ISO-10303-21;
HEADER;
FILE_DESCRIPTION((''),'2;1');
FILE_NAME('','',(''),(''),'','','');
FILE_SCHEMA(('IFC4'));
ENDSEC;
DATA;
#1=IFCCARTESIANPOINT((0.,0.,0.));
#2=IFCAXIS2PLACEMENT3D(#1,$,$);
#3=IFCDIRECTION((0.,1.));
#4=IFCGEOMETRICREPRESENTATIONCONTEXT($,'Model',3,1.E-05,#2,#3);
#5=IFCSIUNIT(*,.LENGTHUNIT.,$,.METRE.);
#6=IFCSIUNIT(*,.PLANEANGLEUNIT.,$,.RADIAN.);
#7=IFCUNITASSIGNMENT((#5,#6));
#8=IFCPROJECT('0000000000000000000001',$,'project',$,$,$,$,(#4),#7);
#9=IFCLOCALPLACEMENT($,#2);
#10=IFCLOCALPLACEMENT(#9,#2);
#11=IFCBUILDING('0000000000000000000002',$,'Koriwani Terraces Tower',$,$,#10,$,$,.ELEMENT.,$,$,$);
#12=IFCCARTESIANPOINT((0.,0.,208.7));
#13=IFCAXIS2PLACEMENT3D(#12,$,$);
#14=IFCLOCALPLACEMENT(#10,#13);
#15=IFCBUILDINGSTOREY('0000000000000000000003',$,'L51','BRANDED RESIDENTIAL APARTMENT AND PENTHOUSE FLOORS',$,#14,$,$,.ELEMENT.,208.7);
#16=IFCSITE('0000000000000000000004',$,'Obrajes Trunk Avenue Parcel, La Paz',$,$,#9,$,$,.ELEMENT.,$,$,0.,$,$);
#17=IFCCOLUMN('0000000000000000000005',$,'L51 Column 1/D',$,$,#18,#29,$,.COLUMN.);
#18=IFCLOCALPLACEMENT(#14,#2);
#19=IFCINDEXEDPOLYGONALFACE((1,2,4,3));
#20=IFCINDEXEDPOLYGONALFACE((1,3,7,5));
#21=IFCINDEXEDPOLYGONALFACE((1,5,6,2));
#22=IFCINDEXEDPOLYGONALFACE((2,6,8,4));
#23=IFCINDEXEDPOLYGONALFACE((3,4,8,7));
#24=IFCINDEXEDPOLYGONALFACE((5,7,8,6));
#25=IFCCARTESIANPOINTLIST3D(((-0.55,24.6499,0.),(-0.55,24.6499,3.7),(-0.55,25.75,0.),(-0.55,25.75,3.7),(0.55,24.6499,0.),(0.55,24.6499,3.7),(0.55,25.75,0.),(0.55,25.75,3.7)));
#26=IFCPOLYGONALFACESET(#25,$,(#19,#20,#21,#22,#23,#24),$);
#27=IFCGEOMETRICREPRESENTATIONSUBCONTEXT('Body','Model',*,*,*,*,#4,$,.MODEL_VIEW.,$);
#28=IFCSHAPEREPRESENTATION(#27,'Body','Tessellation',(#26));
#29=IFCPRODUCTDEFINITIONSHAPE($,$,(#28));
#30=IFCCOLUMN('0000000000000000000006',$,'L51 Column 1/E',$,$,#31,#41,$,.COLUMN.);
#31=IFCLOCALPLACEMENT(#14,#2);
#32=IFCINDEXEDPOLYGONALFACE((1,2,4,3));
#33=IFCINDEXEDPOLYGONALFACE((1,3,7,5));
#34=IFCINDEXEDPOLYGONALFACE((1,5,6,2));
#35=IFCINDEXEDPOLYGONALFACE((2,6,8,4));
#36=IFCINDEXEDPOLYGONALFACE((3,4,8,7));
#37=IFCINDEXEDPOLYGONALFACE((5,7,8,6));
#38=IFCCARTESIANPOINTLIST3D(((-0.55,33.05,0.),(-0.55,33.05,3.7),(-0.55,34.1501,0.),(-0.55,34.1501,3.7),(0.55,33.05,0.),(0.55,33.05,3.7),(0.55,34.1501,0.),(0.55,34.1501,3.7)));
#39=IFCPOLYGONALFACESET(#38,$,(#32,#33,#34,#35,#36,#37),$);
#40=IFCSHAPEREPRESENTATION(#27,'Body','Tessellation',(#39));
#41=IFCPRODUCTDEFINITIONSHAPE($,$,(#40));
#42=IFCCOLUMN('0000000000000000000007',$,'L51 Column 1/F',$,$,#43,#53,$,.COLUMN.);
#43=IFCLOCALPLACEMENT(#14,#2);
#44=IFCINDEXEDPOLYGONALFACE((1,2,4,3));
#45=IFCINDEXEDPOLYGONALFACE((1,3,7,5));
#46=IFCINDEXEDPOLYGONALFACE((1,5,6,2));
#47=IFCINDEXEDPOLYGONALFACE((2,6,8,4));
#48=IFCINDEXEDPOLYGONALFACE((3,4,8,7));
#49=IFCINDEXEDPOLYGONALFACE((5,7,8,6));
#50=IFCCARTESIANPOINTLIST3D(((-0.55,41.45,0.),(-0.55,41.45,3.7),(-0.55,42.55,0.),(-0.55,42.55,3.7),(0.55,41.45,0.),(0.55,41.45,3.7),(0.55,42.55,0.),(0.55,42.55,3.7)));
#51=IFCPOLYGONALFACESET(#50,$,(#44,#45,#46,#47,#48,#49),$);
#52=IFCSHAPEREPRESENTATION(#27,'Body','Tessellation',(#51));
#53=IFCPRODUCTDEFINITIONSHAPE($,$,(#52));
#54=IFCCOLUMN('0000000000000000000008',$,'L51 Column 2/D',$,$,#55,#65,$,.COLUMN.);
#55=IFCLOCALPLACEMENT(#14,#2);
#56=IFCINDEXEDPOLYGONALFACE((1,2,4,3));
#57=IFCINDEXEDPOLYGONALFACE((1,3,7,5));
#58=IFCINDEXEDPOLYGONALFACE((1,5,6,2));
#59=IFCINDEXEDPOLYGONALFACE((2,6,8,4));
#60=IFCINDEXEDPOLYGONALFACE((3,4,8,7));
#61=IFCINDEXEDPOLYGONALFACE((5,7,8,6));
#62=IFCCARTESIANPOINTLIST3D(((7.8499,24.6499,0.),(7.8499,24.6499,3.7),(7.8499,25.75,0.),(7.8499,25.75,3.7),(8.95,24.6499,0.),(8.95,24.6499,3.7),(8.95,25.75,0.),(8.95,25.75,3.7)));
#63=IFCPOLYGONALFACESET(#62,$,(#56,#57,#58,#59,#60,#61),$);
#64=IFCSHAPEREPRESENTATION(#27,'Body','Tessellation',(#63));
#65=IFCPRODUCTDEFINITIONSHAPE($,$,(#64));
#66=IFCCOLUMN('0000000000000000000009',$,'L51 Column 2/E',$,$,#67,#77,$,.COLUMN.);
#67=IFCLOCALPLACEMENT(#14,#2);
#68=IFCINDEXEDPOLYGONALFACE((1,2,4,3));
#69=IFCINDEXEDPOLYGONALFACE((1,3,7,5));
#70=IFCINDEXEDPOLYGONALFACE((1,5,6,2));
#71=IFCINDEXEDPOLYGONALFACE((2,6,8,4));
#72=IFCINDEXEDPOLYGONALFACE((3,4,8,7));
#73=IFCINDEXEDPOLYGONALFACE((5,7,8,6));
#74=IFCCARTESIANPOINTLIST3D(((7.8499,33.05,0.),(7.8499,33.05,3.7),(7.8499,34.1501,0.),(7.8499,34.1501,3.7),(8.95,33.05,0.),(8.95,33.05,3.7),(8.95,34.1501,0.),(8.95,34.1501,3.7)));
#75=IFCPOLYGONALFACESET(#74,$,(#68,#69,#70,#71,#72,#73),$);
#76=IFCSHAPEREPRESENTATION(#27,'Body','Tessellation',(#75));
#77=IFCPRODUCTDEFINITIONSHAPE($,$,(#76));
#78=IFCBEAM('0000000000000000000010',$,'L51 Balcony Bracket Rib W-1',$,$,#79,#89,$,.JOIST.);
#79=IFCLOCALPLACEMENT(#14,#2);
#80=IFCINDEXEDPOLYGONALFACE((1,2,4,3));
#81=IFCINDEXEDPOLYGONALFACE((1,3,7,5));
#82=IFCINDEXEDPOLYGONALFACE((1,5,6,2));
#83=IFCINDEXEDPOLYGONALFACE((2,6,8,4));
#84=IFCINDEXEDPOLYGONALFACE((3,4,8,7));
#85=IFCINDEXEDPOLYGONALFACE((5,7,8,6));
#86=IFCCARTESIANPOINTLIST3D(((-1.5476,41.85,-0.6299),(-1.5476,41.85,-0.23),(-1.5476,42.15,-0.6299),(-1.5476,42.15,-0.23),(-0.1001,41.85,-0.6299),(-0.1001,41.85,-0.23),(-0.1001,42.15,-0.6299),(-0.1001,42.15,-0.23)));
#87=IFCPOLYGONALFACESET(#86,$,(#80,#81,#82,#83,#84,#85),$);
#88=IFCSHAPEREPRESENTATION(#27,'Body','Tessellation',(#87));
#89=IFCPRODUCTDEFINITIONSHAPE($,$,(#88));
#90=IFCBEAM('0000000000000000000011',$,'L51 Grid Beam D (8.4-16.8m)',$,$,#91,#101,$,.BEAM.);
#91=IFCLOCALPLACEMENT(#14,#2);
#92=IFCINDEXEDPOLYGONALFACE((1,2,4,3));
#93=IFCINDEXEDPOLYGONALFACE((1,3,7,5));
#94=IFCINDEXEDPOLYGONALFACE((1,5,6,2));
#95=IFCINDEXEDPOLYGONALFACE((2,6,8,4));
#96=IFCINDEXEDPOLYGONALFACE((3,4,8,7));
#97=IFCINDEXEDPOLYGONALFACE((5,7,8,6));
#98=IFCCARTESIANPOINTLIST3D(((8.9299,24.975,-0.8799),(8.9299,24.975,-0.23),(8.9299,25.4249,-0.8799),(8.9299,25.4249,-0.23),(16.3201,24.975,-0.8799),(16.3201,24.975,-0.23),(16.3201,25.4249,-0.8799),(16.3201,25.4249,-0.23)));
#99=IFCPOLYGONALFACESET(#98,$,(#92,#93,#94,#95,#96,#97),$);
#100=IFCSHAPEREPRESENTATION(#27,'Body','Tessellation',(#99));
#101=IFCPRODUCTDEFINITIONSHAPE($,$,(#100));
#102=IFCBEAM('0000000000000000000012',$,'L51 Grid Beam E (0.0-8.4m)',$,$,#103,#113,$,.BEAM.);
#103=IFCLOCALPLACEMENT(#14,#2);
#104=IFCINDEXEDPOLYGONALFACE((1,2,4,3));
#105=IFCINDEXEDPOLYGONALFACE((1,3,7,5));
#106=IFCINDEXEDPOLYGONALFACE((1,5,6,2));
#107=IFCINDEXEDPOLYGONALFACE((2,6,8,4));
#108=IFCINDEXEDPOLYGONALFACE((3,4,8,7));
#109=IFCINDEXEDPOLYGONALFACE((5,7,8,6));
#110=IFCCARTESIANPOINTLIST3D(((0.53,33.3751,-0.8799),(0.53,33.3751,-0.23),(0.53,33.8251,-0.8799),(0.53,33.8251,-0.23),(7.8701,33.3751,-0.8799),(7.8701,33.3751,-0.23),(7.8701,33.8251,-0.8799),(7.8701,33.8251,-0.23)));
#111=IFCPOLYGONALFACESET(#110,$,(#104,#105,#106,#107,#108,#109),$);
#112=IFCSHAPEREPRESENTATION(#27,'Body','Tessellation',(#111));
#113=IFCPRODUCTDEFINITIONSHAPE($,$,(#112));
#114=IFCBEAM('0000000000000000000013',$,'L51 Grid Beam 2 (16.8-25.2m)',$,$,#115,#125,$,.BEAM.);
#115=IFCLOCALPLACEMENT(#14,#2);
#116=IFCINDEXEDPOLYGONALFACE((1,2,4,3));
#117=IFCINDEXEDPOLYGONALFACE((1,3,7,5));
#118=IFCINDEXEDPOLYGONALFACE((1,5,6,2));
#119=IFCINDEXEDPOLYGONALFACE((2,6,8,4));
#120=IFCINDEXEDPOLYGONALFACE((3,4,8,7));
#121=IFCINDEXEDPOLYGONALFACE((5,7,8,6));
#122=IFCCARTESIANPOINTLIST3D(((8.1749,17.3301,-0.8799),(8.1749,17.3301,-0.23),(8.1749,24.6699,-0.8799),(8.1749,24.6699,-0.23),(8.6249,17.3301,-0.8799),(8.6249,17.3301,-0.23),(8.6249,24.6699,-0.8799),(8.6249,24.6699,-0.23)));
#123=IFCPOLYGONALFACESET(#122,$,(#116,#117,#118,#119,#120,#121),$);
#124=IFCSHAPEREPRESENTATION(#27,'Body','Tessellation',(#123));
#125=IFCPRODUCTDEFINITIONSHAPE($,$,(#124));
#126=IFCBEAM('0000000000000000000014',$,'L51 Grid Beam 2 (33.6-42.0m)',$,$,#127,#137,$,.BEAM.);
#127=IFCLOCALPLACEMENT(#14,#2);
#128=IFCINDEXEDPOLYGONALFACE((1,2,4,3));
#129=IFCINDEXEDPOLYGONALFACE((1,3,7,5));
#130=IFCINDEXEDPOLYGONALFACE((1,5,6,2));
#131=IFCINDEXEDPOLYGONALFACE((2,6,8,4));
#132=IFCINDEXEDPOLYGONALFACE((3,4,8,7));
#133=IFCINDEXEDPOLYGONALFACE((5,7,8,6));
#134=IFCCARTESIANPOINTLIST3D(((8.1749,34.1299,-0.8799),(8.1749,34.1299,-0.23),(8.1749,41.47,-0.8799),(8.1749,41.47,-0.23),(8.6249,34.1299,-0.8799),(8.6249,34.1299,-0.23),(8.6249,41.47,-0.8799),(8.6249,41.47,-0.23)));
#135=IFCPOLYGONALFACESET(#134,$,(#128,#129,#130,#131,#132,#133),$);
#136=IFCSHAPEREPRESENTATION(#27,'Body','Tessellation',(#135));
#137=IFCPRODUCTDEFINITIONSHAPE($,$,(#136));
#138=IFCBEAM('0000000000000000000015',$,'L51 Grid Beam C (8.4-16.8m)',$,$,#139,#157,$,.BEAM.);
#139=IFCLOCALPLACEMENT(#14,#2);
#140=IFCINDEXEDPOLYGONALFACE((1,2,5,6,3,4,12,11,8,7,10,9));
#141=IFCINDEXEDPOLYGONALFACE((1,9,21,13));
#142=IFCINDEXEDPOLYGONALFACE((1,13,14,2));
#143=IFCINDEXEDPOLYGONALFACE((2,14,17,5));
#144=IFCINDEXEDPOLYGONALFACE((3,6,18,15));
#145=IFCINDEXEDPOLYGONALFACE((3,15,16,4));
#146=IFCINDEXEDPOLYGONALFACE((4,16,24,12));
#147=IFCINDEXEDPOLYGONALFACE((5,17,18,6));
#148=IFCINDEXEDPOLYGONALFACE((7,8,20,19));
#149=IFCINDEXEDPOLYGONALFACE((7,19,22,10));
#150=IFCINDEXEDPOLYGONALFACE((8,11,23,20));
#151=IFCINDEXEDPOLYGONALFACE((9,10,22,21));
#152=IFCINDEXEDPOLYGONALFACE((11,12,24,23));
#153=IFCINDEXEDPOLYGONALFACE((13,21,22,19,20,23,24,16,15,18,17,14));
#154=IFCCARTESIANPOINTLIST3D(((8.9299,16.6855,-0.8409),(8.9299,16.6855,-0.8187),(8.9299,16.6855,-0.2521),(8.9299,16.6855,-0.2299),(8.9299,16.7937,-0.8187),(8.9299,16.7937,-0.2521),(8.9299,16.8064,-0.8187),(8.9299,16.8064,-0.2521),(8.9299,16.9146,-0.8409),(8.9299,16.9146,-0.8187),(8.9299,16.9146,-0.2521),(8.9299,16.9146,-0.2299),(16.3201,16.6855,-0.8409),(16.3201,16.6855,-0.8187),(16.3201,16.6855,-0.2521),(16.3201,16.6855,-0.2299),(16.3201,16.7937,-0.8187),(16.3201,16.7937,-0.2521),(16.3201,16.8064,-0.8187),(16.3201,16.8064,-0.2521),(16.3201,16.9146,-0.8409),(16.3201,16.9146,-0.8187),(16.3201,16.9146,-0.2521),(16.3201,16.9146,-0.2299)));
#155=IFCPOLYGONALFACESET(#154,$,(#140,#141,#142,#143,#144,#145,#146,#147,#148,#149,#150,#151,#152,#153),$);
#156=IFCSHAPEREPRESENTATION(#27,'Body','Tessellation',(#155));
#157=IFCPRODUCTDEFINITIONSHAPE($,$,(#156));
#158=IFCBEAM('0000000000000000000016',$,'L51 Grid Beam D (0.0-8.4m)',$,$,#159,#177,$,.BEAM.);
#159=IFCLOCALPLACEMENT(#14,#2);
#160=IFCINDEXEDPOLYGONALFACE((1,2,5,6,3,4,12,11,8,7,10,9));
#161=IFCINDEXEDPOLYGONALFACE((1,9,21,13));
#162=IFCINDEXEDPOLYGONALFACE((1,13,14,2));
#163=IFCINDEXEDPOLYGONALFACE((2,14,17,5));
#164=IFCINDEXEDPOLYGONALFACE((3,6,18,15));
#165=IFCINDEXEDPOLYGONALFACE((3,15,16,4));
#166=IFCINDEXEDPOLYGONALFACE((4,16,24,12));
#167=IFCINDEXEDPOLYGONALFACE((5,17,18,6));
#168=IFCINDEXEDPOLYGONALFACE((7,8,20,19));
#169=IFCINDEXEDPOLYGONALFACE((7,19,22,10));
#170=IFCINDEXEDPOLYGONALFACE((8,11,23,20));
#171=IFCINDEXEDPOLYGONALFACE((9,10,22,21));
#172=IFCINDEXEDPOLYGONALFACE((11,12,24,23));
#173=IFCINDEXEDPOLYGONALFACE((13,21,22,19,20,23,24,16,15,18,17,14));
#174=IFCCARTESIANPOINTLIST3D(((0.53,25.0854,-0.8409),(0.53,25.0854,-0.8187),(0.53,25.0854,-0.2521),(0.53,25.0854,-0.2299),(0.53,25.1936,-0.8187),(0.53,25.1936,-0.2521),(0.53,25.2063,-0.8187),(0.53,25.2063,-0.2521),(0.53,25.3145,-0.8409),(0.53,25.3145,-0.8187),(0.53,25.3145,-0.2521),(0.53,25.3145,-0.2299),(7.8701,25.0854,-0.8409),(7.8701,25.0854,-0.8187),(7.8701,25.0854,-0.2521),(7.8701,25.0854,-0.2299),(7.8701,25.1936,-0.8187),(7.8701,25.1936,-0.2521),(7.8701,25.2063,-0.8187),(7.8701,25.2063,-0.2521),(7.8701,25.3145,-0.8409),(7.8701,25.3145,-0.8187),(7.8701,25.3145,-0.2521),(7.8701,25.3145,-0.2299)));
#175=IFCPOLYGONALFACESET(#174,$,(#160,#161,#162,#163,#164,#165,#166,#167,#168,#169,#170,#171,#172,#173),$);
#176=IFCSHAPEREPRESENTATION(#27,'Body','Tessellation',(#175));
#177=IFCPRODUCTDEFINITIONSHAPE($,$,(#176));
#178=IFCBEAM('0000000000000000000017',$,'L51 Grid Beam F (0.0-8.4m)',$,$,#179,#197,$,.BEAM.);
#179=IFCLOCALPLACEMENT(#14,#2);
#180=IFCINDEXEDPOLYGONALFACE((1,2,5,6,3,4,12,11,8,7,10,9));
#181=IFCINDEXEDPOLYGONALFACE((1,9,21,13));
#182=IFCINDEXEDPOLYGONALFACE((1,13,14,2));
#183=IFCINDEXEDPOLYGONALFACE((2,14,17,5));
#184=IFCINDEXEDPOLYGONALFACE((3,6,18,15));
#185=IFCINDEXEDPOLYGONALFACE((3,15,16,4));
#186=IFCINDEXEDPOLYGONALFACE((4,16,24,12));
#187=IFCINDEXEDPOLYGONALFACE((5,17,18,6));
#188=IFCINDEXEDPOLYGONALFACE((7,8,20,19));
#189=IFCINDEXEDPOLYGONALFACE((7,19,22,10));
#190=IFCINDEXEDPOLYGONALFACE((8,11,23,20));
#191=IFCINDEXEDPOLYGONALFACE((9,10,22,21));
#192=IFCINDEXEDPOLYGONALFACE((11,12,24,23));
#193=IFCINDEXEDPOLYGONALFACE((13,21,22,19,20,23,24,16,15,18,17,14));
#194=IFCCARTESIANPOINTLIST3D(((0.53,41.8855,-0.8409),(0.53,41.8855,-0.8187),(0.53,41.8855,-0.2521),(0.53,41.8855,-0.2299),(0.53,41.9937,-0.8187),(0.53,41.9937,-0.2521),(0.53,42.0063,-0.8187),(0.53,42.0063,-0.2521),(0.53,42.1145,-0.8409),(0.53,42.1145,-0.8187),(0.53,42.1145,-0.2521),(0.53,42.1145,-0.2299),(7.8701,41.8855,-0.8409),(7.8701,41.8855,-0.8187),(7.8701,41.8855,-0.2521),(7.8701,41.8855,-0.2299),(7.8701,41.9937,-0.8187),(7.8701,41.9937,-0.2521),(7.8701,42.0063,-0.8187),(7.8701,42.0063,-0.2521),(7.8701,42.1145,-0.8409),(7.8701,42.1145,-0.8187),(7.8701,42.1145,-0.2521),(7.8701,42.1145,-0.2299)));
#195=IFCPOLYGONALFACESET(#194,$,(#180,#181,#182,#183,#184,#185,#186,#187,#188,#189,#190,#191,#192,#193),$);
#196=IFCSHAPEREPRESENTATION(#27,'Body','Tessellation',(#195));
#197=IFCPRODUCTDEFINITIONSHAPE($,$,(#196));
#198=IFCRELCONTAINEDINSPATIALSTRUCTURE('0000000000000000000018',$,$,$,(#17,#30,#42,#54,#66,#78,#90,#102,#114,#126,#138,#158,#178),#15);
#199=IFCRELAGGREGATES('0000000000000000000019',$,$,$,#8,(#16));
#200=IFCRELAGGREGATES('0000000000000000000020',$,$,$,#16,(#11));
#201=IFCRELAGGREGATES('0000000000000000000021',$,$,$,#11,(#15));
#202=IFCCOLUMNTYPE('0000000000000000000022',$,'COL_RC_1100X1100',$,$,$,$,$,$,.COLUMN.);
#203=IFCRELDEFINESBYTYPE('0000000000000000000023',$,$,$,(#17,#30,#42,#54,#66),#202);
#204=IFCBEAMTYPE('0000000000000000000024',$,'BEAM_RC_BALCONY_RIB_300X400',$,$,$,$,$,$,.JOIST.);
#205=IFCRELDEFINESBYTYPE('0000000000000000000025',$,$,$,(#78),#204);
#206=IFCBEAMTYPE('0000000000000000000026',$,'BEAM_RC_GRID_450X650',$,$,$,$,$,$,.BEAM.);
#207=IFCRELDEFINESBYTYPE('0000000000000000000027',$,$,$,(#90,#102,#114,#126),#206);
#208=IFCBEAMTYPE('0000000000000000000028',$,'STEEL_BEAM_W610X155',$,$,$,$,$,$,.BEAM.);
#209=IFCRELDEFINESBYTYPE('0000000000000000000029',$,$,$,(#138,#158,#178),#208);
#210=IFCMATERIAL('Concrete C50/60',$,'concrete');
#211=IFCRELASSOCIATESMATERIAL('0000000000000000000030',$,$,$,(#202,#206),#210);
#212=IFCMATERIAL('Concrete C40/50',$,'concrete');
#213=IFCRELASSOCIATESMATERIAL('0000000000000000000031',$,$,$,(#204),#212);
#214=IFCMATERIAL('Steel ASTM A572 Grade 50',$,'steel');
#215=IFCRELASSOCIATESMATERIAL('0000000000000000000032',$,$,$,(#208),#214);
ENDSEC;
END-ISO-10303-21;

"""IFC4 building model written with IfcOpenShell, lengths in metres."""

from ifc_helpers import new_model, si_unit, direction, frame, origin, origin_2d, place, context, subcontext, project, spatial, rectangle, i_section, extrude, material, material_profile, profile_set, type_object, element, save


model = new_model("IFC4")

# Units and contexts
model_context = context("Model", 3, precision=1e-05, world=origin(), true_north=direction((0.0, 1.0)))
body_context = subcontext(model_context, "Body", "Model", "MODEL_VIEW")
ifc_project = project(units=[si_unit("LENGTHUNIT", "METRE"), si_unit("PLANEANGLEUNIT", "RADIAN")], contexts=[model_context])

# Site, building, storey
site_placement = place(None, origin())
site = spatial("IfcSite", under=ifc_project, at=site_placement, Name="Obrajes Trunk Avenue Parcel, La Paz", CompositionType="ELEMENT", RefElevation=0.0)
building_placement = place(site_placement, origin())
building = spatial("IfcBuilding", under=site, at=building_placement, Name="Koriwani Terraces Tower", CompositionType="ELEMENT")
storey_placement = place(building_placement, frame((0.0, 0.0, 208.7)))
storey = spatial("IfcBuildingStorey", under=building, at=storey_placement, Name="L51", Description="BRANDED RESIDENTIAL APARTMENT AND PENTHOUSE FLOORS", CompositionType="ELEMENT", Elevation=208.7)

# Columns
ifc_material_1 = material(Name="Concrete C50/60", Category="concrete")
ifc_material_profile_1 = material_profile(ifc_material_1, rectangle(XDim=1.1001, YDim=1.1001, at=origin_2d()), Name="Concrete C50/60", Category="LoadBearing")
ifc_profile_set_1 = profile_set([ifc_material_profile_1], Name="Concrete C50/60")
column_type = type_object("IfcColumnType", Name="COL_RC_1100X1100", PredefinedType="COLUMN", material=ifc_profile_set_1)
for number, where, z_axis, x_axis, name in (
    (1, (0.0, 25.2, 0.0), (0.0, 0.0, 1.0), (1.0, 0.0, 0.0), "L51 Column 1/D"),
    (2, (0.0, 33.6001, 0.0), (0.0, 0.0, 1.0), (1.0, 0.0, 0.0), "L51 Column 1/E"),
    (3, (0.0, 42.0, 0.0), (0.0, 0.0, 1.0), (1.0, 0.0, 0.0), "L51 Column 1/F"),
    (4, (8.3999, 25.2, 0.0), (0.0, 0.0, 1.0), (1.0, 0.0, 0.0), "L51 Column 2/D"),
    (5, (8.3999, 33.6001, 0.0), (0.0, 0.0, 1.0), (1.0, 0.0, 0.0), "L51 Column 2/E"),
):
    element("IfcColumn", number, at=place(storey_placement, frame(where, z_axis=z_axis, x_axis=x_axis)), inside=storey, type_object=column_type, Name=name, PredefinedType="COLUMN", context=body_context, shape_type="SweptSolid", body=[
        extrude(rectangle(XDim=1.1001, YDim=1.1001, at=origin_2d()), origin(), (0.0, 0.0, 1.0), 3.7),
    ])

# Beams
ifc_material_2 = material(Name="Concrete C40/50", Category="concrete")
ifc_material_profile_2 = material_profile(ifc_material_2, rectangle(XDim=0.3, YDim=0.3999, at=origin_2d()), Name="Concrete C40/50", Category="LoadBearing")
ifc_profile_set_2 = profile_set([ifc_material_profile_2], Name="Concrete C40/50")
beam_type_1 = type_object("IfcBeamType", Name="BEAM_RC_BALCONY_RIB_300X400", PredefinedType="JOIST", material=ifc_profile_set_2)
beam_1_placement = place(storey_placement, frame((-1.5476, 42.0, -0.4299), z_axis=(1.0, 0.0, 0.0), x_axis=(0.0, 1.0, 0.0)))
element("IfcBeam", 6, at=beam_1_placement, inside=storey, type_object=beam_type_1, Name="L51 Balcony Bracket Rib W-1", PredefinedType="JOIST", context=body_context, shape_type="SweptSolid", body=[
    extrude(rectangle(XDim=0.3, YDim=0.3999, at=origin_2d()), origin(), (0.0, 0.0, 1.0), 1.4475),
])
ifc_material_profile_3 = material_profile(ifc_material_1, rectangle(XDim=0.45, YDim=0.6499, at=origin_2d()), Name="Concrete C50/60", Category="LoadBearing")
ifc_profile_set_3 = profile_set([ifc_material_profile_3], Name="Concrete C50/60")
beam_type_2 = type_object("IfcBeamType", Name="BEAM_RC_GRID_450X650", PredefinedType="BEAM", material=ifc_profile_set_3)
beam_2_placement = place(storey_placement, frame((8.9299, 25.2, -0.5549), z_axis=(1.0, 0.0, 0.0), x_axis=(0.0, 1.0, 0.0)))
element("IfcBeam", 7, at=beam_2_placement, inside=storey, type_object=beam_type_2, Name="L51 Grid Beam D (8.4-16.8m)", PredefinedType="BEAM", context=body_context, shape_type="SweptSolid", body=[
    extrude(rectangle(XDim=0.45, YDim=0.6499, at=origin_2d()), origin(), (0.0, 0.0, 1.0), 7.3901),
])
beam_3_placement = place(storey_placement, frame((0.53, 33.6001, -0.5549), z_axis=(1.0, 0.0, 0.0), x_axis=(0.0, 1.0, 0.0)))
element("IfcBeam", 8, at=beam_3_placement, inside=storey, type_object=beam_type_2, Name="L51 Grid Beam E (0.0-8.4m)", PredefinedType="BEAM", context=body_context, shape_type="SweptSolid", body=[
    extrude(rectangle(XDim=0.45, YDim=0.6499, at=origin_2d()), origin(), (0.0, 0.0, 1.0), 7.3401),
])
beam_4_placement = place(storey_placement, frame((8.3999, 17.3301, -0.5549), z_axis=(0.0, 1.0, 0.0), x_axis=(-1.0, 0.0, 0.0)))
element("IfcBeam", 9, at=beam_4_placement, inside=storey, type_object=beam_type_2, Name="L51 Grid Beam 2 (16.8-25.2m)", PredefinedType="BEAM", context=body_context, shape_type="SweptSolid", body=[
    extrude(rectangle(XDim=0.45, YDim=0.6499, at=origin_2d()), origin(), (0.0, 0.0, 1.0), 7.3398),
])
beam_5_placement = place(storey_placement, frame((8.3999, 34.1299, -0.5549), z_axis=(0.0, 1.0, 0.0), x_axis=(-1.0, 0.0, 0.0)))
element("IfcBeam", 10, at=beam_5_placement, inside=storey, type_object=beam_type_2, Name="L51 Grid Beam 2 (33.6-42.0m)", PredefinedType="BEAM", context=body_context, shape_type="SweptSolid", body=[
    extrude(rectangle(XDim=0.45, YDim=0.6499, at=origin_2d()), origin(), (0.0, 0.0, 1.0), 7.3401),
])
ifc_material_3 = material(Name="Steel ASTM A572 Grade 50", Category="steel")
ifc_material_profile_4 = material_profile(ifc_material_3, i_section(OverallWidth=0.229, OverallDepth=0.6111, WebThickness=0.0127, FlangeThickness=0.0222, at=origin_2d()), Name="Steel ASTM A572 Grade 50", Category="LoadBearing")
ifc_profile_set_4 = profile_set([ifc_material_profile_4], Name="Steel ASTM A572 Grade 50")
beam_type_3 = type_object("IfcBeamType", Name="STEEL_BEAM_W610X155", PredefinedType="BEAM", material=ifc_profile_set_4)
beam_6_placement = place(storey_placement, frame((8.9299, 16.8, -0.5354), z_axis=(1.0, 0.0, 0.0), x_axis=(0.0, 1.0, 0.0)))
element("IfcBeam", 11, at=beam_6_placement, inside=storey, type_object=beam_type_3, Name="L51 Grid Beam C (8.4-16.8m)", PredefinedType="BEAM", context=body_context, shape_type="SweptSolid", body=[
    extrude(i_section(OverallWidth=0.229, OverallDepth=0.6111, WebThickness=0.0127, FlangeThickness=0.0222, at=origin_2d()), origin(), (0.0, 0.0, 1.0), 7.3901),
])
for number, where, z_axis, x_axis, name in (
    (12, (0.53, 25.2, -0.5354), (1.0, 0.0, 0.0), (0.0, 1.0, 0.0), "L51 Grid Beam D (0.0-8.4m)"),
    (13, (0.53, 42.0, -0.5354), (1.0, 0.0, 0.0), (0.0, 1.0, 0.0), "L51 Grid Beam F (0.0-8.4m)"),
):
    element("IfcBeam", number, at=place(storey_placement, frame(where, z_axis=z_axis, x_axis=x_axis)), inside=storey, type_object=beam_type_3, Name=name, PredefinedType="BEAM", context=body_context, shape_type="SweptSolid", body=[
        extrude(i_section(OverallWidth=0.229, OverallDepth=0.6111, WebThickness=0.0127, FlangeThickness=0.0222, at=origin_2d()), origin(), (0.0, 0.0, 1.0), 7.3401),
    ])

save(model, "model.ifc")
